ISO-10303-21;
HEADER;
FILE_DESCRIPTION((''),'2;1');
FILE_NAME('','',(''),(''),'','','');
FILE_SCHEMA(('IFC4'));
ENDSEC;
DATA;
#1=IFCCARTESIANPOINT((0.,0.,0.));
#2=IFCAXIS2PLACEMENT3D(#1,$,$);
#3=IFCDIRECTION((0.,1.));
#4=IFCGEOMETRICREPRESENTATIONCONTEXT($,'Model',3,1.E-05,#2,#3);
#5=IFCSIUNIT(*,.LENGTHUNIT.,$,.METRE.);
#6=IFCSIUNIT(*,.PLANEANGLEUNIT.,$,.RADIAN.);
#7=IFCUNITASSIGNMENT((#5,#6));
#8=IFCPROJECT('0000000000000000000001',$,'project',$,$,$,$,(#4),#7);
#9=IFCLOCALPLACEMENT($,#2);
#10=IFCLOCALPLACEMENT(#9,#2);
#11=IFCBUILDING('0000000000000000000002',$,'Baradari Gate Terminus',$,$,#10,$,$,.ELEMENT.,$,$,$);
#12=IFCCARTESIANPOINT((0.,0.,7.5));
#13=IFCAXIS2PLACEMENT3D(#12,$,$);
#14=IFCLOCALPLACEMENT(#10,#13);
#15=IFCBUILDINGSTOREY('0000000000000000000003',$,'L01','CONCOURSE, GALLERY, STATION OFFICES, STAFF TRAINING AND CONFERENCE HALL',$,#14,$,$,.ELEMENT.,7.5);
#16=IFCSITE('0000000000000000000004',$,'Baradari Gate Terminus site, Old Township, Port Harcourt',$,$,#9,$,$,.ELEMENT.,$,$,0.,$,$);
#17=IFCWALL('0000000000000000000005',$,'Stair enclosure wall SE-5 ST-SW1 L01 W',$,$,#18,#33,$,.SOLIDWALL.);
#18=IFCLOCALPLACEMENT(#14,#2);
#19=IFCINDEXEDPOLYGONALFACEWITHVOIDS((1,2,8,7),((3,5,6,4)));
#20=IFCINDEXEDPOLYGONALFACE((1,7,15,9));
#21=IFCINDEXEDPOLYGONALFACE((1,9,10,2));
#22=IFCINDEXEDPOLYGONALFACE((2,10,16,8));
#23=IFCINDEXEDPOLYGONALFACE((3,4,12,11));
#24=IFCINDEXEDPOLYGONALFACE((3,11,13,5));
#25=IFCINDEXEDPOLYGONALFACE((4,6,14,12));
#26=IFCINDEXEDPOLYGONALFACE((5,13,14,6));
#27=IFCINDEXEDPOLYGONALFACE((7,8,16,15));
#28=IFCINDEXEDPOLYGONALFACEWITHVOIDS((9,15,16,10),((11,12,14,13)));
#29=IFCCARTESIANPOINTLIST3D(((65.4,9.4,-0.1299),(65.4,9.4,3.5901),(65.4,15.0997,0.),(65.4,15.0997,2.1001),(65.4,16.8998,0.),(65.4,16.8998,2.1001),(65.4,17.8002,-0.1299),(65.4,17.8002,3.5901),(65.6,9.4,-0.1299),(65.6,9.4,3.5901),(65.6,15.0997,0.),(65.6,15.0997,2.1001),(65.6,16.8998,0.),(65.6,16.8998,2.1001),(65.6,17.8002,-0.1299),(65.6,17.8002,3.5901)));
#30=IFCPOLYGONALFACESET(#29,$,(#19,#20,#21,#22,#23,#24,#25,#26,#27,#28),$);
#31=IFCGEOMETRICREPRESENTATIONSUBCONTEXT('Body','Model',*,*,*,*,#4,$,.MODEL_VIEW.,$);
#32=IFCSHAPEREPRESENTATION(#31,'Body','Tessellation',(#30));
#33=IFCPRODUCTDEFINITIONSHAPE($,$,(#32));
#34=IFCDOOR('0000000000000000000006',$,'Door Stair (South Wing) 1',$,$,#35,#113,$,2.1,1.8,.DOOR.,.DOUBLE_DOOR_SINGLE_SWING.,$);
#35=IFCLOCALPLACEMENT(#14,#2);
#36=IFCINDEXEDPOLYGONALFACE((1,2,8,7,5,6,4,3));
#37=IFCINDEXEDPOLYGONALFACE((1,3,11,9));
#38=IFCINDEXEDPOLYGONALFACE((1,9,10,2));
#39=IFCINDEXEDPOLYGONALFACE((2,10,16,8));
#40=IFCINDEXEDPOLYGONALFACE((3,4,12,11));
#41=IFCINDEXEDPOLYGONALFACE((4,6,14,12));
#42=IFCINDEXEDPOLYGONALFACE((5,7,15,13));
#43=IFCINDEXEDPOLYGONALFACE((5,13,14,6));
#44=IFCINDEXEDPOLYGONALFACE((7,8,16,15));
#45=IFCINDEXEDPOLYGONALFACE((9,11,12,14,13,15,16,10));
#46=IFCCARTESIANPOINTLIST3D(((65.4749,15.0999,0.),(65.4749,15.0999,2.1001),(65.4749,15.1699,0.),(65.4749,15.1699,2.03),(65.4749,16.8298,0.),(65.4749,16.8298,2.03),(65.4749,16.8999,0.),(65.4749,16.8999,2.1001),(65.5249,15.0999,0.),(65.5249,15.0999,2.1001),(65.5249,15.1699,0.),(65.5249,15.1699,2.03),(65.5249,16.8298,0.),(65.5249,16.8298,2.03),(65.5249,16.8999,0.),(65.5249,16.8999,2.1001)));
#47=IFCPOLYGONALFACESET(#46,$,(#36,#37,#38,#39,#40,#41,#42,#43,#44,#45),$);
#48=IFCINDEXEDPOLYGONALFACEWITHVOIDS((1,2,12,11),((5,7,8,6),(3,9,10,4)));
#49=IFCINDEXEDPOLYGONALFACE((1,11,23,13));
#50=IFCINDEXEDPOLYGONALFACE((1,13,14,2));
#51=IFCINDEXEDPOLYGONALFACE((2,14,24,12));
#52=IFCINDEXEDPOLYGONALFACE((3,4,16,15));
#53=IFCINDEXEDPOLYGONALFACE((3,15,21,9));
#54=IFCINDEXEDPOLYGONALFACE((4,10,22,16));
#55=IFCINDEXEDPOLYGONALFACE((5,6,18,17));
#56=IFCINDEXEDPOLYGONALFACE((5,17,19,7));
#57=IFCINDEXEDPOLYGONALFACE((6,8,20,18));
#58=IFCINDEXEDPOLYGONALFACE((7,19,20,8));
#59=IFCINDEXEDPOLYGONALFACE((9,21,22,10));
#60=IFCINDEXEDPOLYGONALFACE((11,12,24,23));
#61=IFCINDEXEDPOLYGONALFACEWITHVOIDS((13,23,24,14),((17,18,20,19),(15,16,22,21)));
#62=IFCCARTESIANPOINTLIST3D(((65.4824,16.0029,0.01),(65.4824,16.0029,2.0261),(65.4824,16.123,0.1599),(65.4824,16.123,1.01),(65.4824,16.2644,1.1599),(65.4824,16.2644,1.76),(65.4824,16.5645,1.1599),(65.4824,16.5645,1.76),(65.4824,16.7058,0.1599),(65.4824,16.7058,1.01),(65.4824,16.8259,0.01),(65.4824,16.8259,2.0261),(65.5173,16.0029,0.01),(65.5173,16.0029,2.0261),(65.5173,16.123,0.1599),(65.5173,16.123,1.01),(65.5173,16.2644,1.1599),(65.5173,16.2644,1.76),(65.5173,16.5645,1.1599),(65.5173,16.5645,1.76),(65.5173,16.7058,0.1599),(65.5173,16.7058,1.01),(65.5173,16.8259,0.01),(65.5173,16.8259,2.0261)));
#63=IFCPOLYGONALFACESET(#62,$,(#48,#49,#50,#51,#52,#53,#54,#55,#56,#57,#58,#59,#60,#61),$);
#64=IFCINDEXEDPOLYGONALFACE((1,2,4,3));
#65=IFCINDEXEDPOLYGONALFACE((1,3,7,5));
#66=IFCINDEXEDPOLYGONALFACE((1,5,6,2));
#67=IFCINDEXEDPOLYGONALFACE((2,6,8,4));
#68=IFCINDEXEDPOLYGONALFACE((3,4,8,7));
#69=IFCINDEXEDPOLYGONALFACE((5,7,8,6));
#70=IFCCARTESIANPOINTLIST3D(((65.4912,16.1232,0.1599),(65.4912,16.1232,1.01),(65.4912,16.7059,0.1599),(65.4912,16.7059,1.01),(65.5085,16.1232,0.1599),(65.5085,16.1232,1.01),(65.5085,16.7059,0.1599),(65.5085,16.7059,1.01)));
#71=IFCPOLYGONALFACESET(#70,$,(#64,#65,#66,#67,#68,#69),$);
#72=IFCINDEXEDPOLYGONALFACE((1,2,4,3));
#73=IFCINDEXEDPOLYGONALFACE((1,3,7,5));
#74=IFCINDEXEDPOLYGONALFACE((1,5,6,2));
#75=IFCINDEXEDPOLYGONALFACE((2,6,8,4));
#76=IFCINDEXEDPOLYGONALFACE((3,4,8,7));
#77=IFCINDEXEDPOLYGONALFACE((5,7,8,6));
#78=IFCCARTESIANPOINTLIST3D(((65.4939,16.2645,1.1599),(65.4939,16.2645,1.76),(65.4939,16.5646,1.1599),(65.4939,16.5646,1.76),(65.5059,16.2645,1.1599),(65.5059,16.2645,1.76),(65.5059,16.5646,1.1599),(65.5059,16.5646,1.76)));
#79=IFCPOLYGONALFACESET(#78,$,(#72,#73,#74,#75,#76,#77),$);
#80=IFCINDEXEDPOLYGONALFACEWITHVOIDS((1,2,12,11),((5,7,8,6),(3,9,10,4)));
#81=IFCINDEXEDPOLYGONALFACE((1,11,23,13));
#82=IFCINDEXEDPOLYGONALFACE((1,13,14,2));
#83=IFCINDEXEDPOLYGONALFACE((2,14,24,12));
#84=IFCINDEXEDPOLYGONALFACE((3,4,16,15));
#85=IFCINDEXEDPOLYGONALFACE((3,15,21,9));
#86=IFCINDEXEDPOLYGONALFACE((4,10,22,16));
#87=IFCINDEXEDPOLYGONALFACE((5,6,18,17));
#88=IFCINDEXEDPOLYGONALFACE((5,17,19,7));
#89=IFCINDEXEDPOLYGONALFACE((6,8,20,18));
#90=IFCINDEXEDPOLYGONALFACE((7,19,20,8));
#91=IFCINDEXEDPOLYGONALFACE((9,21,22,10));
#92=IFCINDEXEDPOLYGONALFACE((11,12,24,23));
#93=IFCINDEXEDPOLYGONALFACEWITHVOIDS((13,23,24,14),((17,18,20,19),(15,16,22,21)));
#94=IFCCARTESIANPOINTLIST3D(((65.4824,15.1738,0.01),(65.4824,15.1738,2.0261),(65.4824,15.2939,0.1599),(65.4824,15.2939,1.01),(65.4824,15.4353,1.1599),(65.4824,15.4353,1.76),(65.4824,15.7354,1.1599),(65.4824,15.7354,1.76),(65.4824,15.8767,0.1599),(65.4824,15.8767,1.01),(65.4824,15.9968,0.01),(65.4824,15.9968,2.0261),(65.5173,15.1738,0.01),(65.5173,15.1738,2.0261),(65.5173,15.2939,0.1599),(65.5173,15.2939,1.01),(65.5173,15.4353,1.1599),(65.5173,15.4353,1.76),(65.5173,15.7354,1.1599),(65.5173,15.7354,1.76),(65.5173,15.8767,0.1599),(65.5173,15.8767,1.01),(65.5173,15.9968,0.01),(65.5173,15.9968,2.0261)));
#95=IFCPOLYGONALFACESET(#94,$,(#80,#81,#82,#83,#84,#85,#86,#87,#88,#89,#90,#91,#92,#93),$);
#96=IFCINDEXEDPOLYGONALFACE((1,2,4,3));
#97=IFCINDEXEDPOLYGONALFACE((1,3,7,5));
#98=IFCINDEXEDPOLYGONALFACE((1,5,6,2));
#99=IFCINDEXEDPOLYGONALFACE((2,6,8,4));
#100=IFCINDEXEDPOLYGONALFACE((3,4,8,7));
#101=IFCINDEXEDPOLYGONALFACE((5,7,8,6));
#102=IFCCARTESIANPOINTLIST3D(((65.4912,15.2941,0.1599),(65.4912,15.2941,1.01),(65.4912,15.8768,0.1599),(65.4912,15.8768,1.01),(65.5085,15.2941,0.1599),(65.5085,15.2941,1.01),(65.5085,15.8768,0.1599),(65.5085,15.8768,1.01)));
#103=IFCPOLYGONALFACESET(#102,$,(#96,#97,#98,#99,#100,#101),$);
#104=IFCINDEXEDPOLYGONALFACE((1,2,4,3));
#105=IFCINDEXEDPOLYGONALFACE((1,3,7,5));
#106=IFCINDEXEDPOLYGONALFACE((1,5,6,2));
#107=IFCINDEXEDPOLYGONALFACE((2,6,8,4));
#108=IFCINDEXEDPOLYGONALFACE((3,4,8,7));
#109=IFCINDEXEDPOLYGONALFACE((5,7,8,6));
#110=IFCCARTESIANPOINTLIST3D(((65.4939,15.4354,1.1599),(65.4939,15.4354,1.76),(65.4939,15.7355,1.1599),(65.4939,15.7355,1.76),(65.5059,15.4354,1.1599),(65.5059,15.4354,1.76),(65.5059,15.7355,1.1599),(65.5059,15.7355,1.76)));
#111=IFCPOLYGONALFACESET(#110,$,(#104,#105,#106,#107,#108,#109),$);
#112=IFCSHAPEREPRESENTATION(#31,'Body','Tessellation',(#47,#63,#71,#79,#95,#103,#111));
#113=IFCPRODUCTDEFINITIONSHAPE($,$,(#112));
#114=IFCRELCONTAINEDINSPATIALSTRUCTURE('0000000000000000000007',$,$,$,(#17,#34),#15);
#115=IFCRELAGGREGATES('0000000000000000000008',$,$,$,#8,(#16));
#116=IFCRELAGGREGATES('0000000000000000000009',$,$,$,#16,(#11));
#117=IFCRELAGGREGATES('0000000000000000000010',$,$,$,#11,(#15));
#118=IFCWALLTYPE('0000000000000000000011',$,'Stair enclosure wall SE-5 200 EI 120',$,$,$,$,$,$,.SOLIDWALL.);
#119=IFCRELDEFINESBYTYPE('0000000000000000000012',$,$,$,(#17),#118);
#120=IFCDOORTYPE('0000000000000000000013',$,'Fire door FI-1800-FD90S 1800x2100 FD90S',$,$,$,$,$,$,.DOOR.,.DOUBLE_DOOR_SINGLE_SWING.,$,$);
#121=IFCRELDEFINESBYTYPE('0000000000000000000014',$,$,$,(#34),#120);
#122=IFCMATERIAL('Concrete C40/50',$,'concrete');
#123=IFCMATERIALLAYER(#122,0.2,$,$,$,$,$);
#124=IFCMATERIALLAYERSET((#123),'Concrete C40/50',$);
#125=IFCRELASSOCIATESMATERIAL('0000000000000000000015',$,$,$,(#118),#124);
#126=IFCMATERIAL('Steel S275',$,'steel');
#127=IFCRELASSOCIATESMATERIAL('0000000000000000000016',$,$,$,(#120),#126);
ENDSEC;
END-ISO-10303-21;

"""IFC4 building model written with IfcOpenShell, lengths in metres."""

from ifc_helpers import new_model, si_unit, direction, frame, frame_2d, origin, place, context, subcontext, project, spatial, polyline, rectangle, outline, extrude, material, layer, layer_set, type_object, element, fill, save


model = new_model("IFC4")

# Units and contexts
model_context = context("Model", 3, precision=1e-05, world=origin(), true_north=direction((0.0, 1.0)))
body_context = subcontext(model_context, "Body", "Model", "MODEL_VIEW")
ifc_project = project(units=[si_unit("LENGTHUNIT", "METRE"), si_unit("PLANEANGLEUNIT", "RADIAN")], contexts=[model_context])

# Site, building, storey
site_placement = place(None, origin())
site = spatial("IfcSite", under=ifc_project, at=site_placement, Name="Baradari Gate Terminus site, Old Township, Port Harcourt", CompositionType="ELEMENT", RefElevation=0.0)
building_placement = place(site_placement, origin())
building = spatial("IfcBuilding", under=site, at=building_placement, Name="Baradari Gate Terminus", CompositionType="ELEMENT")
storey_placement = place(building_placement, frame((0.0, 0.0, 7.5)))
storey = spatial("IfcBuildingStorey", under=building, at=storey_placement, Name="L01", Description="CONCOURSE, GALLERY, STATION OFFICES, STAFF TRAINING AND CONFERENCE HALL", CompositionType="ELEMENT", Elevation=7.5)

# Shared definitions
ifc_material_1 = material(Name="Concrete C40/50", Category="concrete")
ifc_layer_1 = layer(ifc_material_1, 0.2)
ifc_layer_set_1 = layer_set([ifc_layer_1], Name="Concrete C40/50")
wall_type_1 = type_object("IfcWallType", Name="Stair enclosure wall SE-5 200 EI 120", PredefinedType="SOLIDWALL", material=ifc_layer_set_1)

# Wall, opening, door
ifc_material_2 = material(Name="Steel S275", Category="steel")
door_type_1 = type_object("IfcDoorType", Name="Fire door FI-1800-FD90S 1800x2100 FD90S", OperationType="DOUBLE_DOOR_SINGLE_SWING", PredefinedType="DOOR", material=ifc_material_2)
wall_1_placement = place(storey_placement, frame((65.5, 9.3999, -0.1299), z_axis=(0.0, 0.0, 1.0), x_axis=(0.0, 1.0, 0.0)))
wall_1 = element("IfcWall", 1, at=wall_1_placement, inside=storey, type_object=wall_type_1, Name="Stair enclosure wall SE-5 ST-SW1 L01 W", PredefinedType="SOLIDWALL", context=body_context, shape_type="SweptSolid", body=[
    extrude(rectangle(XDim=8.4001, YDim=0.2, at=frame_2d((4.2002, 0.0))), origin(), (0.0, 0.0, 1.0), 3.72),
])
opening_1_placement = place(wall_1_placement, frame((5.7, 0.0, 0.1299)))
opening_1 = element("IfcOpeningElement", 2, at=opening_1_placement, cuts=wall_1, PredefinedType="OPENING", context=body_context, shape_type="SweptSolid", body=[
    extrude(rectangle(XDim=1.8, YDim=2.1001, at=frame_2d((0.8999, 1.05))), frame((0.0, 0.1099, 0.0), z_axis=(0.0, -1.0, 0.0), x_axis=(1.0, 0.0, 0.0)), (0.0, 0.0, 1.0), 0.22),
])
door_1_placement = place(opening_1_placement, frame((1.8, 0.0, 0.0), z_axis=(0.0, 0.0, 1.0), x_axis=(-1.0, 0.0, 0.0)))
door_1 = element("IfcDoor", 3, at=door_1_placement, inside=storey, type_object=door_type_1, Name="Door Stair (South Wing) 1", OperationType="DOUBLE_DOOR_SINGLE_SWING", OverallHeight=2.1, OverallWidth=1.8, PredefinedType="DOOR", context=body_context, shape_type="SweptSolid", body=[
    extrude(outline(polyline([(0.0, 0.0), (0.0701, 0.0), (0.0701, 2.03), (1.73, 2.03), (1.73, 0.0), (1.8, 0.0), (1.8, 2.1001), (0.0, 2.1001), (0.0, 0.0)])), frame((0.0, 0.0249, 0.0), z_axis=(0.0, -1.0, 0.0), x_axis=(1.0, 0.0, 0.0)), (0.0, 0.0, 1.0), 0.05),
    extrude(outline(polyline([(0.074, 0.01), (0.897, 0.01), (0.897, 2.0261), (0.074, 2.0261), (0.074, 0.01)]), holes=[polyline([(0.1941, 0.1599), (0.7769, 0.1599), (0.7769, 1.01), (0.1941, 1.01), (0.1941, 0.1599)]), polyline([(0.3354, 1.1599), (0.6355, 1.1599), (0.6355, 1.76), (0.3354, 1.76), (0.3354, 1.1599)])]), frame((0.0, 0.0173, 0.0), z_axis=(0.0, -1.0, 0.0), x_axis=(1.0, 0.0, 0.0)), (0.0, 0.0, 1.0), 0.0349),
    extrude(rectangle(XDim=0.5828, YDim=0.8501, at=frame_2d((0.4854, 0.585))), frame((0.0, 0.0085, 0.0), z_axis=(0.0, -1.0, 0.0), x_axis=(1.0, 0.0, 0.0)), (0.0, 0.0, 1.0), 0.0173),
    extrude(rectangle(XDim=0.3, YDim=0.6001, at=frame_2d((0.4854, 1.46))), frame((0.0, 0.0059, 0.0), z_axis=(0.0, -1.0, 0.0), x_axis=(1.0, 0.0, 0.0)), (0.0, 0.0, 1.0), 0.012),
    extrude(outline(polyline([(0.9031, 0.01), (1.7261, 0.01), (1.7261, 2.0261), (0.9031, 2.0261), (0.9031, 0.01)]), holes=[polyline([(1.0232, 0.1599), (1.606, 0.1599), (1.606, 1.01), (1.0232, 1.01), (1.0232, 0.1599)]), polyline([(1.1646, 1.1599), (1.4646, 1.1599), (1.4646, 1.76), (1.1646, 1.76), (1.1646, 1.1599)])]), frame((0.0, 0.0173, 0.0), z_axis=(0.0, -1.0, 0.0), x_axis=(1.0, 0.0, 0.0)), (0.0, 0.0, 1.0), 0.0349),
    extrude(rectangle(XDim=0.5828, YDim=0.8501, at=frame_2d((1.3145, 0.585))), frame((0.0, 0.0085, 0.0), z_axis=(0.0, -1.0, 0.0), x_axis=(1.0, 0.0, 0.0)), (0.0, 0.0, 1.0), 0.0173),
    extrude(rectangle(XDim=0.3, YDim=0.6001, at=frame_2d((1.3145, 1.46))), frame((0.0, 0.0059, 0.0), z_axis=(0.0, -1.0, 0.0), x_axis=(1.0, 0.0, 0.0)), (0.0, 0.0, 1.0), 0.012),
])
fill(opening_1, door_1)

save(model, "model.ifc")
